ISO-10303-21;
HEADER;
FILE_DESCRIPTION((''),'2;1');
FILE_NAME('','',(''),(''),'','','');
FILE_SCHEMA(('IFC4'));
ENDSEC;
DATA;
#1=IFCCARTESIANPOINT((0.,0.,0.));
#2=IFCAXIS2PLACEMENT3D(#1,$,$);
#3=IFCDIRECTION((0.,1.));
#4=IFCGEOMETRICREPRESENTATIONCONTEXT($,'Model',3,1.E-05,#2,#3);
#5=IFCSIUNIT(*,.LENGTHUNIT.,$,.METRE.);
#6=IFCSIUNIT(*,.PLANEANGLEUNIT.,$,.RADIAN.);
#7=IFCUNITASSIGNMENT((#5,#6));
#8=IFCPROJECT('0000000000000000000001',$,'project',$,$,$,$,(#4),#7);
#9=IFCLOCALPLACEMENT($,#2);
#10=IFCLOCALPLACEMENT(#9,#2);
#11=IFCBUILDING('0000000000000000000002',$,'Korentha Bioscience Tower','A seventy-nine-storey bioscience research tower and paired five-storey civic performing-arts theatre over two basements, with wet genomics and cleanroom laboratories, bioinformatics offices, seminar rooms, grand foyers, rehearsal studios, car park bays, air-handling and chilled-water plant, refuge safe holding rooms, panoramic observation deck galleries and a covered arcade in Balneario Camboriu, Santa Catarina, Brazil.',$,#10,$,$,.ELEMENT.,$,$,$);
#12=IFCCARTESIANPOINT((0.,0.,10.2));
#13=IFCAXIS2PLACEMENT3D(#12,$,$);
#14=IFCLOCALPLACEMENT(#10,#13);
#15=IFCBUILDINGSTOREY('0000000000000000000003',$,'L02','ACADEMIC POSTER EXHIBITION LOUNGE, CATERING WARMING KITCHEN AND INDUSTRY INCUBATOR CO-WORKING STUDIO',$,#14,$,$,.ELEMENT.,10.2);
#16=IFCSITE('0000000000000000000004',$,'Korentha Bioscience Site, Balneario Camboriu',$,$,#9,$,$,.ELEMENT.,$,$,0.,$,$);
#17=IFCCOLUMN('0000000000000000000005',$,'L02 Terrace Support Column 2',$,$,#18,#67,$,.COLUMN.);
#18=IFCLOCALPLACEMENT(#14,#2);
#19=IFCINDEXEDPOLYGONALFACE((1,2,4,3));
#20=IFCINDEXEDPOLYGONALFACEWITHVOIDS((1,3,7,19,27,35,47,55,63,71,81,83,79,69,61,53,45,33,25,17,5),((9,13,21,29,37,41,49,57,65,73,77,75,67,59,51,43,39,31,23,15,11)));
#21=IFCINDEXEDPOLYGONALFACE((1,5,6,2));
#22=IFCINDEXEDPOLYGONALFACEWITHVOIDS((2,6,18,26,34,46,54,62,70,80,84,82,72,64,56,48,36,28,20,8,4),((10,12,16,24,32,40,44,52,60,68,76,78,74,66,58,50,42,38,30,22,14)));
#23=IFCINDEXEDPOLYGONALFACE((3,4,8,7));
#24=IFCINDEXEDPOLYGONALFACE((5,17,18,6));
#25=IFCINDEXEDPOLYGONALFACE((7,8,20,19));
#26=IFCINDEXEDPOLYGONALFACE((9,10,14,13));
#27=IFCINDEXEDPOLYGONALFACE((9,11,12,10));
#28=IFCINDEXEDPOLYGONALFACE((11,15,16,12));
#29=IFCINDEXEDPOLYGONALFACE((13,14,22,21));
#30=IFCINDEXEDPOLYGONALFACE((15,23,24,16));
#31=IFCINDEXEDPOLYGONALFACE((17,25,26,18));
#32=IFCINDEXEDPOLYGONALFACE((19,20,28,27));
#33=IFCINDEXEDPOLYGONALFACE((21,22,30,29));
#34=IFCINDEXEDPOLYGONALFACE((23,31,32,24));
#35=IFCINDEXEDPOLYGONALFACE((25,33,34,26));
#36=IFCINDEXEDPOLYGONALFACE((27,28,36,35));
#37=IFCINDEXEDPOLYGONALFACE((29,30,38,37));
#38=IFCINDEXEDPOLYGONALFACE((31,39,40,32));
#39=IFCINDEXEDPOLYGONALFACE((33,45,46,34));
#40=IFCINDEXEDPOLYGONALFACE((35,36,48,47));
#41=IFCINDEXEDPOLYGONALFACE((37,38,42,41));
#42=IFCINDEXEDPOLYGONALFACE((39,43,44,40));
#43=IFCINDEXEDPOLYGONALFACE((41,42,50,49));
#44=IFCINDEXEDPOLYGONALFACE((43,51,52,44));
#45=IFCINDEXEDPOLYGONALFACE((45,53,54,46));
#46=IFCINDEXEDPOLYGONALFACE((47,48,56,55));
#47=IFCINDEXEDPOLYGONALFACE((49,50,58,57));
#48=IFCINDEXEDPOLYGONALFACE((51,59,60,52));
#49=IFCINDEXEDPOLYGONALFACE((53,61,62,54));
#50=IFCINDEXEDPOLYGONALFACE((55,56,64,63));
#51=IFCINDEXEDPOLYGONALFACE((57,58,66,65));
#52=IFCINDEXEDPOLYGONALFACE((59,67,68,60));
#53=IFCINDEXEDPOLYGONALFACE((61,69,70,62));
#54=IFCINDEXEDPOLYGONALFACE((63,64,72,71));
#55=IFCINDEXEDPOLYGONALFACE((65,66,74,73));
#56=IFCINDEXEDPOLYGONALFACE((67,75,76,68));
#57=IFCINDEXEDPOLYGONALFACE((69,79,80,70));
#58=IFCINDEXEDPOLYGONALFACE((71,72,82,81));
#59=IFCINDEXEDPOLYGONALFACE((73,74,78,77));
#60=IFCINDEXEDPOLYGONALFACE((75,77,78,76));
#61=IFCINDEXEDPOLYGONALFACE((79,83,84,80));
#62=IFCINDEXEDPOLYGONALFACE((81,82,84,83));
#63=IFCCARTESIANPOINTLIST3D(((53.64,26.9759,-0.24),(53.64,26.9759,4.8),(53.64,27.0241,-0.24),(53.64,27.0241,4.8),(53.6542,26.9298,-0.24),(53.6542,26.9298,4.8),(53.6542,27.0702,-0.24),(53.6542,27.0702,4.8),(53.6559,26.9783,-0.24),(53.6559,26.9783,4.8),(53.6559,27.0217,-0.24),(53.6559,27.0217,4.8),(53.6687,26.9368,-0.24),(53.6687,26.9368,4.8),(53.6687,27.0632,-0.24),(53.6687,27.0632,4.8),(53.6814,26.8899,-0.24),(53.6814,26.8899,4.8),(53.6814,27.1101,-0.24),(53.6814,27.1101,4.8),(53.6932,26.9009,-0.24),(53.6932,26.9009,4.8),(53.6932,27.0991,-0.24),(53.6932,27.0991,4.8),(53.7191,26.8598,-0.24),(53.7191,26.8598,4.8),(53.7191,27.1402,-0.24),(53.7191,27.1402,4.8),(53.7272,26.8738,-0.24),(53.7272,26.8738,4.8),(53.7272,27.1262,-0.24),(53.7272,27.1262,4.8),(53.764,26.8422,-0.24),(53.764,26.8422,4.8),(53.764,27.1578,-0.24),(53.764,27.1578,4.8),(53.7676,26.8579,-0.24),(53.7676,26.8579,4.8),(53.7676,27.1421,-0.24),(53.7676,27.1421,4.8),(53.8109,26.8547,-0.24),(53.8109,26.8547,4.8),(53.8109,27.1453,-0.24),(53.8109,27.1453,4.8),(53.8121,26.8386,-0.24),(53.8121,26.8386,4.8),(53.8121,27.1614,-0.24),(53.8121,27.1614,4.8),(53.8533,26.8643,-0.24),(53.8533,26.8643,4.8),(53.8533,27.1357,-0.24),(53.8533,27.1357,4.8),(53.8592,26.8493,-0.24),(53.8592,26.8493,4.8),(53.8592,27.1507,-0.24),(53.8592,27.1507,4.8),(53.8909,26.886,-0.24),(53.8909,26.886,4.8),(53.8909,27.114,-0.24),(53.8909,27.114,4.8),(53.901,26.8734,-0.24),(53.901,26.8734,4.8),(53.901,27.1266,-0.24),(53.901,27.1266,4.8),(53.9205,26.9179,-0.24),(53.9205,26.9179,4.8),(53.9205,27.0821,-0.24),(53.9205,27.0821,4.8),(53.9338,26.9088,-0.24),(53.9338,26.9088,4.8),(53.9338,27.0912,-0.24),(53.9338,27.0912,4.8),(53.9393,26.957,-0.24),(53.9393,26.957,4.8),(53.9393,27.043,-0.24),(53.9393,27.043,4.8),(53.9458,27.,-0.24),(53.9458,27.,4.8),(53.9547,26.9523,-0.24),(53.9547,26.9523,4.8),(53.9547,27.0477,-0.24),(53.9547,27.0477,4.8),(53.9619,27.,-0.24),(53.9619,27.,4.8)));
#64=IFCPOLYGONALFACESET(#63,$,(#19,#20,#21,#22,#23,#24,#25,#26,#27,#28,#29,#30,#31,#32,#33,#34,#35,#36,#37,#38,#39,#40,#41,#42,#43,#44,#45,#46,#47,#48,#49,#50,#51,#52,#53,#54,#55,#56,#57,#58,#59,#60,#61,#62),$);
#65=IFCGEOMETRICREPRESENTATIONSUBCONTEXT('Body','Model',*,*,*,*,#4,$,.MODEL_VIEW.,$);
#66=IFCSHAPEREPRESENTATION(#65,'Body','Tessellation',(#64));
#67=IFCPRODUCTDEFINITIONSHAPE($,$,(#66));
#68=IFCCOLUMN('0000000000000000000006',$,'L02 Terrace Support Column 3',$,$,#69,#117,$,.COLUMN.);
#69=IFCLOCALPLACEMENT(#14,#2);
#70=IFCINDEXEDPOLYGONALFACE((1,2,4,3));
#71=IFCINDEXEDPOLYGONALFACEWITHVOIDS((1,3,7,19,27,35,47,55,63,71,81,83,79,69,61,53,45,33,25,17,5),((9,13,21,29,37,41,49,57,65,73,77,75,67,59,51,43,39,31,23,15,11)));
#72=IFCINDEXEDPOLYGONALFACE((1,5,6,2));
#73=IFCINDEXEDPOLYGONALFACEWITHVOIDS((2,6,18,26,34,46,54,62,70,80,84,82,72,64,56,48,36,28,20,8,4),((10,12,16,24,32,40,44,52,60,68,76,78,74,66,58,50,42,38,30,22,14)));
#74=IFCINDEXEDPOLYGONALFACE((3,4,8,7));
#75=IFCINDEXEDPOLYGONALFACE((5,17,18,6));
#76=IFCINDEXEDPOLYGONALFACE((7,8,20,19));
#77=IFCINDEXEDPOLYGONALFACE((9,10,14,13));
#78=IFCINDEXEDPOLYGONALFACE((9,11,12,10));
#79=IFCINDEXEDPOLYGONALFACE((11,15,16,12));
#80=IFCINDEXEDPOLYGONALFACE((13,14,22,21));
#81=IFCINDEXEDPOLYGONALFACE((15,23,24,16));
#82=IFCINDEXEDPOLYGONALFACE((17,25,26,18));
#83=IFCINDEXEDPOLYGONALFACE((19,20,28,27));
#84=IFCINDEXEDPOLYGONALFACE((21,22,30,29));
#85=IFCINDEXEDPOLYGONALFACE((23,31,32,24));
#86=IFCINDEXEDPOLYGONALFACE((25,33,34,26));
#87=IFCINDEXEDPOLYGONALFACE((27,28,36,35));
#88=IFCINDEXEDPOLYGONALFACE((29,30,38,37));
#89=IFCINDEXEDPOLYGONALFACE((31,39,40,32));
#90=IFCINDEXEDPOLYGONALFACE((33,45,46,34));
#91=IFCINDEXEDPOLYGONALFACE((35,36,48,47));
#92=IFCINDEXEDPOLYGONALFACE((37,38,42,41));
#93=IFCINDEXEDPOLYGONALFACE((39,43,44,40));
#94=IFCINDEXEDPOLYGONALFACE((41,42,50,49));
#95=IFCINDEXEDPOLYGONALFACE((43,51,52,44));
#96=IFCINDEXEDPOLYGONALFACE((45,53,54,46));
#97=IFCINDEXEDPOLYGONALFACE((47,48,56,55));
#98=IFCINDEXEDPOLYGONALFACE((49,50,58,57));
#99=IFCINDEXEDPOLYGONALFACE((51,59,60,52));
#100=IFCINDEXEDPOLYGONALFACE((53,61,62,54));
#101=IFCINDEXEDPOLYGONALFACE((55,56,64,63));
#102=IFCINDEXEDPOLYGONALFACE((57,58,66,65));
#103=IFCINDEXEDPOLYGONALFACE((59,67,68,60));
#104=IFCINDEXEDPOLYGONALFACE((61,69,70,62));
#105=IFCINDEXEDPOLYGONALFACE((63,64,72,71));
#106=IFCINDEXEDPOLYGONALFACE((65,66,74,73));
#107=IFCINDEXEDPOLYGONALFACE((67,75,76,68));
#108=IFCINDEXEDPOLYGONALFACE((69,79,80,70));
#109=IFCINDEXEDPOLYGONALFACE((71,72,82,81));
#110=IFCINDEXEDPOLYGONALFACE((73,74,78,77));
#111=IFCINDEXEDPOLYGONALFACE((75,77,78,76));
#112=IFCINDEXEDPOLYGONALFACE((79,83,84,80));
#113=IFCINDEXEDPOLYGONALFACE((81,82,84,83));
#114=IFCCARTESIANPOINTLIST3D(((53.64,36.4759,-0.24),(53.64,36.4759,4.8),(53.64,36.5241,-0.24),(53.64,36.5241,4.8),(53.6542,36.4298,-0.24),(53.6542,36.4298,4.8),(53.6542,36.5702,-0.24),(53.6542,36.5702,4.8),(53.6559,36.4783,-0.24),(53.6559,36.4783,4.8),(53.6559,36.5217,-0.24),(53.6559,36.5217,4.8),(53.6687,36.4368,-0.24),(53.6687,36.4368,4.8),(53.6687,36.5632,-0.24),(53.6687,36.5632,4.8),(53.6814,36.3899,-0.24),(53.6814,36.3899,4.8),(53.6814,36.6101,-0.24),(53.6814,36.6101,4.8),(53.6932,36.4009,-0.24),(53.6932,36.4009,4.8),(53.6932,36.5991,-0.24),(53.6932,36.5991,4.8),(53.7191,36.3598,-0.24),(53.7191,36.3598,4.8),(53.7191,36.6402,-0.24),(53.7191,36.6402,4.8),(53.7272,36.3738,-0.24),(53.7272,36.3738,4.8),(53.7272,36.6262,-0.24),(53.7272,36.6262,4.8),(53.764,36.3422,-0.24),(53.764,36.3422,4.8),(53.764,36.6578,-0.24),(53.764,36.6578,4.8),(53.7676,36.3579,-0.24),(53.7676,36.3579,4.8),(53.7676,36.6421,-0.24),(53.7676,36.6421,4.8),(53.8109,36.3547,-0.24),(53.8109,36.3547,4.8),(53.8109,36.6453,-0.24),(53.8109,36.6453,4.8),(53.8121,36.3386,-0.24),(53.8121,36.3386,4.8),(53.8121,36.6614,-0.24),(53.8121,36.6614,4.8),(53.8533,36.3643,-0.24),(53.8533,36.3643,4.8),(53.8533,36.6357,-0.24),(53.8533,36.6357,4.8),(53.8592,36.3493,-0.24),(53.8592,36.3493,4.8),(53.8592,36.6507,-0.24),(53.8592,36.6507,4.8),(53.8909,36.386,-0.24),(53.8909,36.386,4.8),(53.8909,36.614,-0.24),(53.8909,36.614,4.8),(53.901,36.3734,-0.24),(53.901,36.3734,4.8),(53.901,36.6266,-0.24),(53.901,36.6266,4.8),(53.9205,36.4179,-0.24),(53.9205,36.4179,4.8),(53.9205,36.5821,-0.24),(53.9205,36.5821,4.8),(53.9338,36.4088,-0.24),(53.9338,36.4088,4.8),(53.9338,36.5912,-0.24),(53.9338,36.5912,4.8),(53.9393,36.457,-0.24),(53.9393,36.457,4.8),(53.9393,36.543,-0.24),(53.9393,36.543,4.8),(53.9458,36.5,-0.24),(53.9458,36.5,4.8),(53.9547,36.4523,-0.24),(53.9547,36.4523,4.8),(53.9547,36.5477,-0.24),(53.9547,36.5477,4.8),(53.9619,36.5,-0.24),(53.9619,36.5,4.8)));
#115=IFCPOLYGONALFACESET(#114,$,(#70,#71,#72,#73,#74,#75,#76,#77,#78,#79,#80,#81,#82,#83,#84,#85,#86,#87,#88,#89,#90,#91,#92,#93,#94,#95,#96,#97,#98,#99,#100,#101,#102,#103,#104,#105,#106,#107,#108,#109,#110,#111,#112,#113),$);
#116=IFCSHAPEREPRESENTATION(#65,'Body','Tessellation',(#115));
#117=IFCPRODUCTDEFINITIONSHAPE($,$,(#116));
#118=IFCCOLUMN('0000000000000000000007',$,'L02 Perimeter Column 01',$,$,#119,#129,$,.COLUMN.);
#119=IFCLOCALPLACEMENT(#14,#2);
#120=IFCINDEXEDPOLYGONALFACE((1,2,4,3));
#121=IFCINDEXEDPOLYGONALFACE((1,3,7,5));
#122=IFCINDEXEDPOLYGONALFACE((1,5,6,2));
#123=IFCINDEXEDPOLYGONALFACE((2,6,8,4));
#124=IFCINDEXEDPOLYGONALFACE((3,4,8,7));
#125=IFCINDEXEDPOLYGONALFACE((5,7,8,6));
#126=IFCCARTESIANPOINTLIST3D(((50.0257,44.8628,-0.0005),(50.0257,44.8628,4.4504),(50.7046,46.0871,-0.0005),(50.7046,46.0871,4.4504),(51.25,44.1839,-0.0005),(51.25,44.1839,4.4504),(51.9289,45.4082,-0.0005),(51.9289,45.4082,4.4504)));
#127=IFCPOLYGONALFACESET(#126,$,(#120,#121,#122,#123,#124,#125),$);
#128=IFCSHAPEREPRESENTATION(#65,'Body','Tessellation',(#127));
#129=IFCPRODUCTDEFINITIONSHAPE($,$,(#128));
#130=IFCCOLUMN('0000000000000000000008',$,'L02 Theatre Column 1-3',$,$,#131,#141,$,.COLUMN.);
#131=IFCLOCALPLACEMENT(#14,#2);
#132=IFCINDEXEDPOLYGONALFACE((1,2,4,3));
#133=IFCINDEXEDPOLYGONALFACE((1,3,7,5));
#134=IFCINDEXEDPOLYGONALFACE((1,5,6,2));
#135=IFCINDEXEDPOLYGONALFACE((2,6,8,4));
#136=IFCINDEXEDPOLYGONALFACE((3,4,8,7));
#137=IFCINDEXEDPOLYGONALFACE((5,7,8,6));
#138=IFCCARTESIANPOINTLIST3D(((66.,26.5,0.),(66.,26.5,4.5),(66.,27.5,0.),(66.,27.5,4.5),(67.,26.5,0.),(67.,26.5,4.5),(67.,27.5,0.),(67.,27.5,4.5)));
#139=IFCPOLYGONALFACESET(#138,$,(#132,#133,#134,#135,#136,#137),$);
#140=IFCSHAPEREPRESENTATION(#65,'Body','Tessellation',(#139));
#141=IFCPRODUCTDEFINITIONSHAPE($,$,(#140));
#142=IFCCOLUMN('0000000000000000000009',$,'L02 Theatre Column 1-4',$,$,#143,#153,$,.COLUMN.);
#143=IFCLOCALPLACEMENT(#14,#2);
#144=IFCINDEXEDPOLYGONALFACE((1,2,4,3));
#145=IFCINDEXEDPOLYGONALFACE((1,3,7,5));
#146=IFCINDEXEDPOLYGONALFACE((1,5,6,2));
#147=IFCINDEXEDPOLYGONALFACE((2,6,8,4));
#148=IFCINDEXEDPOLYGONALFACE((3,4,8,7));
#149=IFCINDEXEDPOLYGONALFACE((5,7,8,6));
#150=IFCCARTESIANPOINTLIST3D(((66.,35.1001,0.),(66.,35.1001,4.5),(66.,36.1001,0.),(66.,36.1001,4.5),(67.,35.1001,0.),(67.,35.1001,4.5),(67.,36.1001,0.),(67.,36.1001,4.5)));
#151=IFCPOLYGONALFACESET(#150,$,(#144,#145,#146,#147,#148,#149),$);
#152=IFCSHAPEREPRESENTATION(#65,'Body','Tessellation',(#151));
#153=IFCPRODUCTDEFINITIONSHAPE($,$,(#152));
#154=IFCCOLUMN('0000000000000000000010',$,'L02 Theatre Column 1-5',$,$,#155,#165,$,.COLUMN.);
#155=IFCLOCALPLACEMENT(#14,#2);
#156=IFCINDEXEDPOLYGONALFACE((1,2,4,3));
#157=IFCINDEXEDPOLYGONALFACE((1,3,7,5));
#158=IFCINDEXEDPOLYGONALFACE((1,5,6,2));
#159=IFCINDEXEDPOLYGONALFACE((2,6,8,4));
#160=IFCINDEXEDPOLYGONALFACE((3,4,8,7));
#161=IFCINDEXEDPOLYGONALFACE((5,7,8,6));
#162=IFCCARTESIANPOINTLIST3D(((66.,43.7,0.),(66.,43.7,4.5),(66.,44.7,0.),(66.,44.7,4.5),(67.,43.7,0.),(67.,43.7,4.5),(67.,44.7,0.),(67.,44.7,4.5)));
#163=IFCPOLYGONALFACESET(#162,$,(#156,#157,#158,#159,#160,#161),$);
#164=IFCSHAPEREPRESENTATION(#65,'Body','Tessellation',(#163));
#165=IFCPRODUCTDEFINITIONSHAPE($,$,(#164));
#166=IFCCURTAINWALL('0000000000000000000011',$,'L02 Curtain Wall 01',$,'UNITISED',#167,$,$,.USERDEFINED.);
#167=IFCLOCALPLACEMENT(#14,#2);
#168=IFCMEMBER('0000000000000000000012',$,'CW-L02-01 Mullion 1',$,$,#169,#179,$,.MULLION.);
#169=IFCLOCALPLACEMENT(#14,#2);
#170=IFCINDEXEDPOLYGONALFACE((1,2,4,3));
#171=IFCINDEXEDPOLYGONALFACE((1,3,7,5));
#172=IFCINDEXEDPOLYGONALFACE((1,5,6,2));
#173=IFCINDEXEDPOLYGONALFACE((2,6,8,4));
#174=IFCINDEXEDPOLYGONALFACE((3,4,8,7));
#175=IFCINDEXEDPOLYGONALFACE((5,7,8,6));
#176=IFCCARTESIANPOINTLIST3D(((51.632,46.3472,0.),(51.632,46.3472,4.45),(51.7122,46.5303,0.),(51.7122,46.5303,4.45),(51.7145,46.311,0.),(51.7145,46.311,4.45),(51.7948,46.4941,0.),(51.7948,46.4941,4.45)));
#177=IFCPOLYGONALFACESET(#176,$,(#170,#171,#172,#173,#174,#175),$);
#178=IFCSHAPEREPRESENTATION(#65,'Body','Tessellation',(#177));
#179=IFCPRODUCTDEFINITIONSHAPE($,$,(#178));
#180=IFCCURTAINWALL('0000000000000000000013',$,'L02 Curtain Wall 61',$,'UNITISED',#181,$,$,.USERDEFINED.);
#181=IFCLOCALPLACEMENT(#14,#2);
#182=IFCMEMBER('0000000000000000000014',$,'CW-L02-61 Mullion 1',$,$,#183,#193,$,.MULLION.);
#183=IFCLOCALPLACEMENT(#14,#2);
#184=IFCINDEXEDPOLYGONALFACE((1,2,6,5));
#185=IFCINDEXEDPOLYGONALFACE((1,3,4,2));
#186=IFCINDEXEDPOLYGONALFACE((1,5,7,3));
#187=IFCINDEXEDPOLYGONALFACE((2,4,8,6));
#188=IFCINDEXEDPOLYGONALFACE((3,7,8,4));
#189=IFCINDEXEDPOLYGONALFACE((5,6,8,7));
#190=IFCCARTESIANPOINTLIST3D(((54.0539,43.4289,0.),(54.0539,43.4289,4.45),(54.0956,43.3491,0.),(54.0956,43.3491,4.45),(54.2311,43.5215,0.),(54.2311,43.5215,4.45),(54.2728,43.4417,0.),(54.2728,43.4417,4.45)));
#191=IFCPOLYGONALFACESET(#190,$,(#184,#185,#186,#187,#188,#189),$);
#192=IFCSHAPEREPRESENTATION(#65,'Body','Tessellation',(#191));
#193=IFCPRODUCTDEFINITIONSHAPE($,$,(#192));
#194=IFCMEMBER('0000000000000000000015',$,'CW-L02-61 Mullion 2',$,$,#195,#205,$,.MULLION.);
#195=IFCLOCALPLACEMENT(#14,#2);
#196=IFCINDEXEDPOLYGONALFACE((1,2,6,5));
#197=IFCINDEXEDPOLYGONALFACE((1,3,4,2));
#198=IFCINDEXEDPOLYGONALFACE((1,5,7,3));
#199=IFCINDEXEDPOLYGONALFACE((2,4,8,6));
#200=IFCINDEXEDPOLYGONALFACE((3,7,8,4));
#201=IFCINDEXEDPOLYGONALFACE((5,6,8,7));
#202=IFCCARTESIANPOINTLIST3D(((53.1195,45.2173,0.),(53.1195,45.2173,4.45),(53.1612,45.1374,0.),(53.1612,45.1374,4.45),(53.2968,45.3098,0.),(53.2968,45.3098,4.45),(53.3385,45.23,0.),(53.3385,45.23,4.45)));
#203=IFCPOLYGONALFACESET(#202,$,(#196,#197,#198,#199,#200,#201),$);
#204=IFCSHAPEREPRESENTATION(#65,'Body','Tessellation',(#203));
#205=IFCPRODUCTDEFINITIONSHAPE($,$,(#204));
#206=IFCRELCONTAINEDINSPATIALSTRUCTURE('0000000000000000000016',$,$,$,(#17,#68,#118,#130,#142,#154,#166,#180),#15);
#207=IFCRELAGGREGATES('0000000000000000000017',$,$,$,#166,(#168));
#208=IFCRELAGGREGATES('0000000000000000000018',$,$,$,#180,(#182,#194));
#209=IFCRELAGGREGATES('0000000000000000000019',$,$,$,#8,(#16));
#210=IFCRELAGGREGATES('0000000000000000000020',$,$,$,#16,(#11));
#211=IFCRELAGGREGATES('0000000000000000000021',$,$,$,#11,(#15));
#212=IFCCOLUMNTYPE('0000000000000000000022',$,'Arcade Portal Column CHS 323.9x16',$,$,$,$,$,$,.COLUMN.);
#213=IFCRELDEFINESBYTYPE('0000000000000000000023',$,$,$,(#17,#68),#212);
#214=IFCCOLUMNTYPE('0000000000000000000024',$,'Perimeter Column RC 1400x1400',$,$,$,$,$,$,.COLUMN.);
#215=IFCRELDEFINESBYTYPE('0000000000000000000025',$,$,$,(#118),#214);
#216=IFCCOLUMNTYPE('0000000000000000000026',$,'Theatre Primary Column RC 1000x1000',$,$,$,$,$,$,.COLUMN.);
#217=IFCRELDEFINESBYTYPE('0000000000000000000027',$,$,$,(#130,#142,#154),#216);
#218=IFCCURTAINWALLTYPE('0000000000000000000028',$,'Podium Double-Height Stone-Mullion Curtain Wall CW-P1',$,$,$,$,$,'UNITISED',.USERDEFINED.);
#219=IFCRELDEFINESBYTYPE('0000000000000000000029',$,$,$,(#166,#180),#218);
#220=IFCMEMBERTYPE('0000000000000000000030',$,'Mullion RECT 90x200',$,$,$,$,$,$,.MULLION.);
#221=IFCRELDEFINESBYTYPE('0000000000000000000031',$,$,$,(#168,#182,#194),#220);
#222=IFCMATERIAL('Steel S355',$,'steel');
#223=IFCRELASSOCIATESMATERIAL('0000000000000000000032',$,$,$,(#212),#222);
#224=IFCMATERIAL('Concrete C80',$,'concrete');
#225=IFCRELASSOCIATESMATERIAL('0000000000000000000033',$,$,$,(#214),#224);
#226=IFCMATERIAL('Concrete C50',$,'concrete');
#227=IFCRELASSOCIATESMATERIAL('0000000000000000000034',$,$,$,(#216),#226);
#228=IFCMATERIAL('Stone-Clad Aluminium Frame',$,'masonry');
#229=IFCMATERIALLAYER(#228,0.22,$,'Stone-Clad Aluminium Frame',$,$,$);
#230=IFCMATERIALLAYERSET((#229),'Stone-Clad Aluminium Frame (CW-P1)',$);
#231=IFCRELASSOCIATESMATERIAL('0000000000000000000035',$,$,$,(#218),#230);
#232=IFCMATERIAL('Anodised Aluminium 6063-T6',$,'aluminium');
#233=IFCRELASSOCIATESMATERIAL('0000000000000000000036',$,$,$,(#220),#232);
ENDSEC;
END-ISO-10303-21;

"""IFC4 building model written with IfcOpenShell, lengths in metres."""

from ifc_helpers import new_model, si_unit, direction, frame, origin, origin_2d, place, context, subcontext, project, spatial, rectangle, hollow_circle, extrude, material, layer, layer_set, material_profile, profile_set, type_object, element, aggregate, save


model = new_model("IFC4")

# Units and contexts
model_context = context("Model", 3, precision=1e-05, world=origin(), true_north=direction((0.0, 1.0)))
body_context = subcontext(model_context, "Body", "Model", "MODEL_VIEW")
ifc_project = project(units=[si_unit("LENGTHUNIT", "METRE"), si_unit("PLANEANGLEUNIT", "RADIAN")], contexts=[model_context])

# Site, building, storey
site_placement = place(None, origin())
site = spatial("IfcSite", under=ifc_project, at=site_placement, Name="Korentha Bioscience Site, Balneario Camboriu", CompositionType="ELEMENT", RefElevation=0.0)
building_placement = place(site_placement, origin())
building = spatial("IfcBuilding", under=site, at=building_placement, Name="Korentha Bioscience Tower", Description="A seventy-nine-storey bioscience research tower and paired five-storey civic performing-arts theatre over two basements, with wet genomics and cleanroom laboratories, bioinformatics offices, seminar rooms, grand foyers, rehearsal studios, car park bays, air-handling and chilled-water plant, refuge safe holding rooms, panoramic observation deck galleries and a covered arcade in Balneario Camboriu, Santa Catarina, Brazil.", CompositionType="ELEMENT")
storey_placement = place(building_placement, frame((0.0, 0.0, 10.2)))
storey = spatial("IfcBuildingStorey", under=building, at=storey_placement, Name="L02", Description="ACADEMIC POSTER EXHIBITION LOUNGE, CATERING WARMING KITCHEN AND INDUSTRY INCUBATOR CO-WORKING STUDIO", CompositionType="ELEMENT", Elevation=10.2)

# Columns
ifc_material_1 = material(Name="Steel S355", Category="steel")
ifc_material_profile_1 = material_profile(ifc_material_1, hollow_circle(Radius=0.1619, WallThickness=0.0161, at=origin_2d()), Name="Steel S355")
ifc_profile_set_1 = profile_set([ifc_material_profile_1], Name="Steel S355 (AC-01)")
column_type_1 = type_object("IfcColumnType", Name="Arcade Portal Column CHS 323.9x16", PredefinedType="COLUMN", material=ifc_profile_set_1)
for number, where, z_axis, x_axis, name in (
    (1, (53.8, 27.0, -0.24), (0.0, 0.0, 1.0), (1.0, 0.0, 0.0), "L02 Terrace Support Column 2"),
    (2, (53.8, 36.5, -0.24), (0.0, 0.0, 1.0), (1.0, 0.0, 0.0), "L02 Terrace Support Column 3"),
):
    element("IfcColumn", number, at=place(storey_placement, frame(where, z_axis=z_axis, x_axis=x_axis)), inside=storey, type_object=column_type_1, Name=name, PredefinedType="COLUMN", context=body_context, shape_type="SweptSolid", body=[
        extrude(hollow_circle(Radius=0.1619, WallThickness=0.0161, at=origin_2d()), origin(), (0.0, 0.0, 1.0), 5.04),
    ])
ifc_material_2 = material(Name="Concrete C80", Category="concrete")
ifc_material_profile_2 = material_profile(ifc_material_2, rectangle(XDim=1.3999, YDim=1.3999, at=origin_2d()), Name="Concrete C80")
ifc_profile_set_2 = profile_set([ifc_material_profile_2], Name="Concrete C80 (COL-P14)")
column_type_2 = type_object("IfcColumnType", Name="Perimeter Column RC 1400x1400", PredefinedType="COLUMN", material=ifc_profile_set_2)
column_placement = place(storey_placement, frame((50.9773, 45.1355, -0.0005), z_axis=(0.0, 0.0, 1.0), x_axis=(-0.874535, 0.484962, 0.0)))
element("IfcColumn", 3, at=column_placement, inside=storey, type_object=column_type_2, Name="L02 Perimeter Column 01", PredefinedType="COLUMN", context=body_context, shape_type="SweptSolid", body=[
    extrude(rectangle(XDim=1.3999, YDim=1.3999, at=origin_2d()), origin(), (0.0, 0.0, 1.0), 4.4509),
])
ifc_material_3 = material(Name="Concrete C50", Category="concrete")
ifc_material_profile_3 = material_profile(ifc_material_3, rectangle(XDim=1.0, YDim=1.0, at=origin_2d()), Name="Concrete C50")
ifc_profile_set_3 = profile_set([ifc_material_profile_3], Name="Concrete C50 (TC-01)")
column_type_3 = type_object("IfcColumnType", Name="Theatre Primary Column RC 1000x1000", PredefinedType="COLUMN", material=ifc_profile_set_3)
for number, where, z_axis, x_axis, name in (
    (4, (66.5, 27.0, 0.0), (0.0, 0.0, 1.0), (1.0, 0.0, 0.0), "L02 Theatre Column 1-3"),
    (5, (66.5, 35.6001, 0.0), (0.0, 0.0, 1.0), (1.0, 0.0, 0.0), "L02 Theatre Column 1-4"),
    (6, (66.5, 44.2, 0.0), (0.0, 0.0, 1.0), (1.0, 0.0, 0.0), "L02 Theatre Column 1-5"),
):
    element("IfcColumn", number, at=place(storey_placement, frame(where, z_axis=z_axis, x_axis=x_axis)), inside=storey, type_object=column_type_3, Name=name, PredefinedType="COLUMN", context=body_context, shape_type="SweptSolid", body=[
        extrude(rectangle(XDim=1.0, YDim=1.0, at=origin_2d()), origin(), (0.0, 0.0, 1.0), 4.5),
    ])

# Curtain wall, member
ifc_material_4 = material(Name="Stone-Clad Aluminium Frame", Category="masonry")
ifc_layer_1 = layer(ifc_material_4, 0.22, Name="Stone-Clad Aluminium Frame")
ifc_layer_set_1 = layer_set([ifc_layer_1], Name="Stone-Clad Aluminium Frame (CW-P1)")
curtain_wall_type = type_object("IfcCurtainWallType", Name="Podium Double-Height Stone-Mullion Curtain Wall CW-P1", ElementType="UNITISED", PredefinedType="USERDEFINED", material=ifc_layer_set_1)
curtain_wall_1_placement = place(storey_placement, origin())
curtain_wall_1 = element("IfcCurtainWall", 7, at=curtain_wall_1_placement, inside=storey, type_object=curtain_wall_type, Name="L02 Curtain Wall 01", ObjectType="UNITISED", PredefinedType="USERDEFINED")
ifc_material_5 = material(Name="Anodised Aluminium 6063-T6", Category="aluminium")
ifc_material_profile_4 = material_profile(ifc_material_5, rectangle(XDim=0.0901, YDim=0.2, at=origin_2d()), Name="Anodised Aluminium 6063-T6")
ifc_profile_set_4 = profile_set([ifc_material_profile_4], Name="Anodised Aluminium 6063-T6 (CW-MUL)")
member_type_1 = type_object("IfcMemberType", Name="Mullion RECT 90x200", PredefinedType="MULLION", material=ifc_profile_set_4)
member_1_placement = place(storey_placement, frame((51.7134, 46.4207, 0.0), z_axis=(0.0, 0.0, 1.0), x_axis=(-0.915939, 0.401317, 0.0)))
member_1 = element("IfcMember", 8, at=member_1_placement, type_object=member_type_1, Name="CW-L02-01 Mullion 1", PredefinedType="MULLION", context=body_context, shape_type="SweptSolid", body=[
    extrude(rectangle(XDim=0.0901, YDim=0.2, at=origin_2d()), origin(), (0.0, 0.0, 1.0), 4.45),
])

# Curtain wall, members
curtain_wall_2_placement = place(storey_placement, origin())
curtain_wall_2 = element("IfcCurtainWall", 9, at=curtain_wall_2_placement, inside=storey, type_object=curtain_wall_type, Name="L02 Curtain Wall 61", ObjectType="UNITISED", PredefinedType="USERDEFINED")
member_2_placement = place(storey_placement, frame((54.1633, 43.4353, 0.0), z_axis=(0.0, 0.0, 1.0), x_axis=(-0.463009, 0.886354, 0.0)))
member_2 = element("IfcMember", 10, at=member_2_placement, type_object=member_type_1, Name="CW-L02-61 Mullion 1", PredefinedType="MULLION", context=body_context, shape_type="SweptSolid", body=[
    extrude(rectangle(XDim=0.0901, YDim=0.2, at=origin_2d()), origin(), (0.0, 0.0, 1.0), 4.45),
])
member_3_placement = place(storey_placement, frame((53.229, 45.2236, 0.0), z_axis=(0.0, 0.0, 1.0), x_axis=(-0.463009, 0.886354, 0.0)))
member_3 = element("IfcMember", 11, at=member_3_placement, type_object=member_type_1, Name="CW-L02-61 Mullion 2", PredefinedType="MULLION", context=body_context, shape_type="SweptSolid", body=[
    extrude(rectangle(XDim=0.0901, YDim=0.2, at=origin_2d()), origin(), (0.0, 0.0, 1.0), 4.45),
])

aggregate(curtain_wall_1, [member_1])
aggregate(curtain_wall_2, [member_2, member_3])

save(model, "model.ifc")
